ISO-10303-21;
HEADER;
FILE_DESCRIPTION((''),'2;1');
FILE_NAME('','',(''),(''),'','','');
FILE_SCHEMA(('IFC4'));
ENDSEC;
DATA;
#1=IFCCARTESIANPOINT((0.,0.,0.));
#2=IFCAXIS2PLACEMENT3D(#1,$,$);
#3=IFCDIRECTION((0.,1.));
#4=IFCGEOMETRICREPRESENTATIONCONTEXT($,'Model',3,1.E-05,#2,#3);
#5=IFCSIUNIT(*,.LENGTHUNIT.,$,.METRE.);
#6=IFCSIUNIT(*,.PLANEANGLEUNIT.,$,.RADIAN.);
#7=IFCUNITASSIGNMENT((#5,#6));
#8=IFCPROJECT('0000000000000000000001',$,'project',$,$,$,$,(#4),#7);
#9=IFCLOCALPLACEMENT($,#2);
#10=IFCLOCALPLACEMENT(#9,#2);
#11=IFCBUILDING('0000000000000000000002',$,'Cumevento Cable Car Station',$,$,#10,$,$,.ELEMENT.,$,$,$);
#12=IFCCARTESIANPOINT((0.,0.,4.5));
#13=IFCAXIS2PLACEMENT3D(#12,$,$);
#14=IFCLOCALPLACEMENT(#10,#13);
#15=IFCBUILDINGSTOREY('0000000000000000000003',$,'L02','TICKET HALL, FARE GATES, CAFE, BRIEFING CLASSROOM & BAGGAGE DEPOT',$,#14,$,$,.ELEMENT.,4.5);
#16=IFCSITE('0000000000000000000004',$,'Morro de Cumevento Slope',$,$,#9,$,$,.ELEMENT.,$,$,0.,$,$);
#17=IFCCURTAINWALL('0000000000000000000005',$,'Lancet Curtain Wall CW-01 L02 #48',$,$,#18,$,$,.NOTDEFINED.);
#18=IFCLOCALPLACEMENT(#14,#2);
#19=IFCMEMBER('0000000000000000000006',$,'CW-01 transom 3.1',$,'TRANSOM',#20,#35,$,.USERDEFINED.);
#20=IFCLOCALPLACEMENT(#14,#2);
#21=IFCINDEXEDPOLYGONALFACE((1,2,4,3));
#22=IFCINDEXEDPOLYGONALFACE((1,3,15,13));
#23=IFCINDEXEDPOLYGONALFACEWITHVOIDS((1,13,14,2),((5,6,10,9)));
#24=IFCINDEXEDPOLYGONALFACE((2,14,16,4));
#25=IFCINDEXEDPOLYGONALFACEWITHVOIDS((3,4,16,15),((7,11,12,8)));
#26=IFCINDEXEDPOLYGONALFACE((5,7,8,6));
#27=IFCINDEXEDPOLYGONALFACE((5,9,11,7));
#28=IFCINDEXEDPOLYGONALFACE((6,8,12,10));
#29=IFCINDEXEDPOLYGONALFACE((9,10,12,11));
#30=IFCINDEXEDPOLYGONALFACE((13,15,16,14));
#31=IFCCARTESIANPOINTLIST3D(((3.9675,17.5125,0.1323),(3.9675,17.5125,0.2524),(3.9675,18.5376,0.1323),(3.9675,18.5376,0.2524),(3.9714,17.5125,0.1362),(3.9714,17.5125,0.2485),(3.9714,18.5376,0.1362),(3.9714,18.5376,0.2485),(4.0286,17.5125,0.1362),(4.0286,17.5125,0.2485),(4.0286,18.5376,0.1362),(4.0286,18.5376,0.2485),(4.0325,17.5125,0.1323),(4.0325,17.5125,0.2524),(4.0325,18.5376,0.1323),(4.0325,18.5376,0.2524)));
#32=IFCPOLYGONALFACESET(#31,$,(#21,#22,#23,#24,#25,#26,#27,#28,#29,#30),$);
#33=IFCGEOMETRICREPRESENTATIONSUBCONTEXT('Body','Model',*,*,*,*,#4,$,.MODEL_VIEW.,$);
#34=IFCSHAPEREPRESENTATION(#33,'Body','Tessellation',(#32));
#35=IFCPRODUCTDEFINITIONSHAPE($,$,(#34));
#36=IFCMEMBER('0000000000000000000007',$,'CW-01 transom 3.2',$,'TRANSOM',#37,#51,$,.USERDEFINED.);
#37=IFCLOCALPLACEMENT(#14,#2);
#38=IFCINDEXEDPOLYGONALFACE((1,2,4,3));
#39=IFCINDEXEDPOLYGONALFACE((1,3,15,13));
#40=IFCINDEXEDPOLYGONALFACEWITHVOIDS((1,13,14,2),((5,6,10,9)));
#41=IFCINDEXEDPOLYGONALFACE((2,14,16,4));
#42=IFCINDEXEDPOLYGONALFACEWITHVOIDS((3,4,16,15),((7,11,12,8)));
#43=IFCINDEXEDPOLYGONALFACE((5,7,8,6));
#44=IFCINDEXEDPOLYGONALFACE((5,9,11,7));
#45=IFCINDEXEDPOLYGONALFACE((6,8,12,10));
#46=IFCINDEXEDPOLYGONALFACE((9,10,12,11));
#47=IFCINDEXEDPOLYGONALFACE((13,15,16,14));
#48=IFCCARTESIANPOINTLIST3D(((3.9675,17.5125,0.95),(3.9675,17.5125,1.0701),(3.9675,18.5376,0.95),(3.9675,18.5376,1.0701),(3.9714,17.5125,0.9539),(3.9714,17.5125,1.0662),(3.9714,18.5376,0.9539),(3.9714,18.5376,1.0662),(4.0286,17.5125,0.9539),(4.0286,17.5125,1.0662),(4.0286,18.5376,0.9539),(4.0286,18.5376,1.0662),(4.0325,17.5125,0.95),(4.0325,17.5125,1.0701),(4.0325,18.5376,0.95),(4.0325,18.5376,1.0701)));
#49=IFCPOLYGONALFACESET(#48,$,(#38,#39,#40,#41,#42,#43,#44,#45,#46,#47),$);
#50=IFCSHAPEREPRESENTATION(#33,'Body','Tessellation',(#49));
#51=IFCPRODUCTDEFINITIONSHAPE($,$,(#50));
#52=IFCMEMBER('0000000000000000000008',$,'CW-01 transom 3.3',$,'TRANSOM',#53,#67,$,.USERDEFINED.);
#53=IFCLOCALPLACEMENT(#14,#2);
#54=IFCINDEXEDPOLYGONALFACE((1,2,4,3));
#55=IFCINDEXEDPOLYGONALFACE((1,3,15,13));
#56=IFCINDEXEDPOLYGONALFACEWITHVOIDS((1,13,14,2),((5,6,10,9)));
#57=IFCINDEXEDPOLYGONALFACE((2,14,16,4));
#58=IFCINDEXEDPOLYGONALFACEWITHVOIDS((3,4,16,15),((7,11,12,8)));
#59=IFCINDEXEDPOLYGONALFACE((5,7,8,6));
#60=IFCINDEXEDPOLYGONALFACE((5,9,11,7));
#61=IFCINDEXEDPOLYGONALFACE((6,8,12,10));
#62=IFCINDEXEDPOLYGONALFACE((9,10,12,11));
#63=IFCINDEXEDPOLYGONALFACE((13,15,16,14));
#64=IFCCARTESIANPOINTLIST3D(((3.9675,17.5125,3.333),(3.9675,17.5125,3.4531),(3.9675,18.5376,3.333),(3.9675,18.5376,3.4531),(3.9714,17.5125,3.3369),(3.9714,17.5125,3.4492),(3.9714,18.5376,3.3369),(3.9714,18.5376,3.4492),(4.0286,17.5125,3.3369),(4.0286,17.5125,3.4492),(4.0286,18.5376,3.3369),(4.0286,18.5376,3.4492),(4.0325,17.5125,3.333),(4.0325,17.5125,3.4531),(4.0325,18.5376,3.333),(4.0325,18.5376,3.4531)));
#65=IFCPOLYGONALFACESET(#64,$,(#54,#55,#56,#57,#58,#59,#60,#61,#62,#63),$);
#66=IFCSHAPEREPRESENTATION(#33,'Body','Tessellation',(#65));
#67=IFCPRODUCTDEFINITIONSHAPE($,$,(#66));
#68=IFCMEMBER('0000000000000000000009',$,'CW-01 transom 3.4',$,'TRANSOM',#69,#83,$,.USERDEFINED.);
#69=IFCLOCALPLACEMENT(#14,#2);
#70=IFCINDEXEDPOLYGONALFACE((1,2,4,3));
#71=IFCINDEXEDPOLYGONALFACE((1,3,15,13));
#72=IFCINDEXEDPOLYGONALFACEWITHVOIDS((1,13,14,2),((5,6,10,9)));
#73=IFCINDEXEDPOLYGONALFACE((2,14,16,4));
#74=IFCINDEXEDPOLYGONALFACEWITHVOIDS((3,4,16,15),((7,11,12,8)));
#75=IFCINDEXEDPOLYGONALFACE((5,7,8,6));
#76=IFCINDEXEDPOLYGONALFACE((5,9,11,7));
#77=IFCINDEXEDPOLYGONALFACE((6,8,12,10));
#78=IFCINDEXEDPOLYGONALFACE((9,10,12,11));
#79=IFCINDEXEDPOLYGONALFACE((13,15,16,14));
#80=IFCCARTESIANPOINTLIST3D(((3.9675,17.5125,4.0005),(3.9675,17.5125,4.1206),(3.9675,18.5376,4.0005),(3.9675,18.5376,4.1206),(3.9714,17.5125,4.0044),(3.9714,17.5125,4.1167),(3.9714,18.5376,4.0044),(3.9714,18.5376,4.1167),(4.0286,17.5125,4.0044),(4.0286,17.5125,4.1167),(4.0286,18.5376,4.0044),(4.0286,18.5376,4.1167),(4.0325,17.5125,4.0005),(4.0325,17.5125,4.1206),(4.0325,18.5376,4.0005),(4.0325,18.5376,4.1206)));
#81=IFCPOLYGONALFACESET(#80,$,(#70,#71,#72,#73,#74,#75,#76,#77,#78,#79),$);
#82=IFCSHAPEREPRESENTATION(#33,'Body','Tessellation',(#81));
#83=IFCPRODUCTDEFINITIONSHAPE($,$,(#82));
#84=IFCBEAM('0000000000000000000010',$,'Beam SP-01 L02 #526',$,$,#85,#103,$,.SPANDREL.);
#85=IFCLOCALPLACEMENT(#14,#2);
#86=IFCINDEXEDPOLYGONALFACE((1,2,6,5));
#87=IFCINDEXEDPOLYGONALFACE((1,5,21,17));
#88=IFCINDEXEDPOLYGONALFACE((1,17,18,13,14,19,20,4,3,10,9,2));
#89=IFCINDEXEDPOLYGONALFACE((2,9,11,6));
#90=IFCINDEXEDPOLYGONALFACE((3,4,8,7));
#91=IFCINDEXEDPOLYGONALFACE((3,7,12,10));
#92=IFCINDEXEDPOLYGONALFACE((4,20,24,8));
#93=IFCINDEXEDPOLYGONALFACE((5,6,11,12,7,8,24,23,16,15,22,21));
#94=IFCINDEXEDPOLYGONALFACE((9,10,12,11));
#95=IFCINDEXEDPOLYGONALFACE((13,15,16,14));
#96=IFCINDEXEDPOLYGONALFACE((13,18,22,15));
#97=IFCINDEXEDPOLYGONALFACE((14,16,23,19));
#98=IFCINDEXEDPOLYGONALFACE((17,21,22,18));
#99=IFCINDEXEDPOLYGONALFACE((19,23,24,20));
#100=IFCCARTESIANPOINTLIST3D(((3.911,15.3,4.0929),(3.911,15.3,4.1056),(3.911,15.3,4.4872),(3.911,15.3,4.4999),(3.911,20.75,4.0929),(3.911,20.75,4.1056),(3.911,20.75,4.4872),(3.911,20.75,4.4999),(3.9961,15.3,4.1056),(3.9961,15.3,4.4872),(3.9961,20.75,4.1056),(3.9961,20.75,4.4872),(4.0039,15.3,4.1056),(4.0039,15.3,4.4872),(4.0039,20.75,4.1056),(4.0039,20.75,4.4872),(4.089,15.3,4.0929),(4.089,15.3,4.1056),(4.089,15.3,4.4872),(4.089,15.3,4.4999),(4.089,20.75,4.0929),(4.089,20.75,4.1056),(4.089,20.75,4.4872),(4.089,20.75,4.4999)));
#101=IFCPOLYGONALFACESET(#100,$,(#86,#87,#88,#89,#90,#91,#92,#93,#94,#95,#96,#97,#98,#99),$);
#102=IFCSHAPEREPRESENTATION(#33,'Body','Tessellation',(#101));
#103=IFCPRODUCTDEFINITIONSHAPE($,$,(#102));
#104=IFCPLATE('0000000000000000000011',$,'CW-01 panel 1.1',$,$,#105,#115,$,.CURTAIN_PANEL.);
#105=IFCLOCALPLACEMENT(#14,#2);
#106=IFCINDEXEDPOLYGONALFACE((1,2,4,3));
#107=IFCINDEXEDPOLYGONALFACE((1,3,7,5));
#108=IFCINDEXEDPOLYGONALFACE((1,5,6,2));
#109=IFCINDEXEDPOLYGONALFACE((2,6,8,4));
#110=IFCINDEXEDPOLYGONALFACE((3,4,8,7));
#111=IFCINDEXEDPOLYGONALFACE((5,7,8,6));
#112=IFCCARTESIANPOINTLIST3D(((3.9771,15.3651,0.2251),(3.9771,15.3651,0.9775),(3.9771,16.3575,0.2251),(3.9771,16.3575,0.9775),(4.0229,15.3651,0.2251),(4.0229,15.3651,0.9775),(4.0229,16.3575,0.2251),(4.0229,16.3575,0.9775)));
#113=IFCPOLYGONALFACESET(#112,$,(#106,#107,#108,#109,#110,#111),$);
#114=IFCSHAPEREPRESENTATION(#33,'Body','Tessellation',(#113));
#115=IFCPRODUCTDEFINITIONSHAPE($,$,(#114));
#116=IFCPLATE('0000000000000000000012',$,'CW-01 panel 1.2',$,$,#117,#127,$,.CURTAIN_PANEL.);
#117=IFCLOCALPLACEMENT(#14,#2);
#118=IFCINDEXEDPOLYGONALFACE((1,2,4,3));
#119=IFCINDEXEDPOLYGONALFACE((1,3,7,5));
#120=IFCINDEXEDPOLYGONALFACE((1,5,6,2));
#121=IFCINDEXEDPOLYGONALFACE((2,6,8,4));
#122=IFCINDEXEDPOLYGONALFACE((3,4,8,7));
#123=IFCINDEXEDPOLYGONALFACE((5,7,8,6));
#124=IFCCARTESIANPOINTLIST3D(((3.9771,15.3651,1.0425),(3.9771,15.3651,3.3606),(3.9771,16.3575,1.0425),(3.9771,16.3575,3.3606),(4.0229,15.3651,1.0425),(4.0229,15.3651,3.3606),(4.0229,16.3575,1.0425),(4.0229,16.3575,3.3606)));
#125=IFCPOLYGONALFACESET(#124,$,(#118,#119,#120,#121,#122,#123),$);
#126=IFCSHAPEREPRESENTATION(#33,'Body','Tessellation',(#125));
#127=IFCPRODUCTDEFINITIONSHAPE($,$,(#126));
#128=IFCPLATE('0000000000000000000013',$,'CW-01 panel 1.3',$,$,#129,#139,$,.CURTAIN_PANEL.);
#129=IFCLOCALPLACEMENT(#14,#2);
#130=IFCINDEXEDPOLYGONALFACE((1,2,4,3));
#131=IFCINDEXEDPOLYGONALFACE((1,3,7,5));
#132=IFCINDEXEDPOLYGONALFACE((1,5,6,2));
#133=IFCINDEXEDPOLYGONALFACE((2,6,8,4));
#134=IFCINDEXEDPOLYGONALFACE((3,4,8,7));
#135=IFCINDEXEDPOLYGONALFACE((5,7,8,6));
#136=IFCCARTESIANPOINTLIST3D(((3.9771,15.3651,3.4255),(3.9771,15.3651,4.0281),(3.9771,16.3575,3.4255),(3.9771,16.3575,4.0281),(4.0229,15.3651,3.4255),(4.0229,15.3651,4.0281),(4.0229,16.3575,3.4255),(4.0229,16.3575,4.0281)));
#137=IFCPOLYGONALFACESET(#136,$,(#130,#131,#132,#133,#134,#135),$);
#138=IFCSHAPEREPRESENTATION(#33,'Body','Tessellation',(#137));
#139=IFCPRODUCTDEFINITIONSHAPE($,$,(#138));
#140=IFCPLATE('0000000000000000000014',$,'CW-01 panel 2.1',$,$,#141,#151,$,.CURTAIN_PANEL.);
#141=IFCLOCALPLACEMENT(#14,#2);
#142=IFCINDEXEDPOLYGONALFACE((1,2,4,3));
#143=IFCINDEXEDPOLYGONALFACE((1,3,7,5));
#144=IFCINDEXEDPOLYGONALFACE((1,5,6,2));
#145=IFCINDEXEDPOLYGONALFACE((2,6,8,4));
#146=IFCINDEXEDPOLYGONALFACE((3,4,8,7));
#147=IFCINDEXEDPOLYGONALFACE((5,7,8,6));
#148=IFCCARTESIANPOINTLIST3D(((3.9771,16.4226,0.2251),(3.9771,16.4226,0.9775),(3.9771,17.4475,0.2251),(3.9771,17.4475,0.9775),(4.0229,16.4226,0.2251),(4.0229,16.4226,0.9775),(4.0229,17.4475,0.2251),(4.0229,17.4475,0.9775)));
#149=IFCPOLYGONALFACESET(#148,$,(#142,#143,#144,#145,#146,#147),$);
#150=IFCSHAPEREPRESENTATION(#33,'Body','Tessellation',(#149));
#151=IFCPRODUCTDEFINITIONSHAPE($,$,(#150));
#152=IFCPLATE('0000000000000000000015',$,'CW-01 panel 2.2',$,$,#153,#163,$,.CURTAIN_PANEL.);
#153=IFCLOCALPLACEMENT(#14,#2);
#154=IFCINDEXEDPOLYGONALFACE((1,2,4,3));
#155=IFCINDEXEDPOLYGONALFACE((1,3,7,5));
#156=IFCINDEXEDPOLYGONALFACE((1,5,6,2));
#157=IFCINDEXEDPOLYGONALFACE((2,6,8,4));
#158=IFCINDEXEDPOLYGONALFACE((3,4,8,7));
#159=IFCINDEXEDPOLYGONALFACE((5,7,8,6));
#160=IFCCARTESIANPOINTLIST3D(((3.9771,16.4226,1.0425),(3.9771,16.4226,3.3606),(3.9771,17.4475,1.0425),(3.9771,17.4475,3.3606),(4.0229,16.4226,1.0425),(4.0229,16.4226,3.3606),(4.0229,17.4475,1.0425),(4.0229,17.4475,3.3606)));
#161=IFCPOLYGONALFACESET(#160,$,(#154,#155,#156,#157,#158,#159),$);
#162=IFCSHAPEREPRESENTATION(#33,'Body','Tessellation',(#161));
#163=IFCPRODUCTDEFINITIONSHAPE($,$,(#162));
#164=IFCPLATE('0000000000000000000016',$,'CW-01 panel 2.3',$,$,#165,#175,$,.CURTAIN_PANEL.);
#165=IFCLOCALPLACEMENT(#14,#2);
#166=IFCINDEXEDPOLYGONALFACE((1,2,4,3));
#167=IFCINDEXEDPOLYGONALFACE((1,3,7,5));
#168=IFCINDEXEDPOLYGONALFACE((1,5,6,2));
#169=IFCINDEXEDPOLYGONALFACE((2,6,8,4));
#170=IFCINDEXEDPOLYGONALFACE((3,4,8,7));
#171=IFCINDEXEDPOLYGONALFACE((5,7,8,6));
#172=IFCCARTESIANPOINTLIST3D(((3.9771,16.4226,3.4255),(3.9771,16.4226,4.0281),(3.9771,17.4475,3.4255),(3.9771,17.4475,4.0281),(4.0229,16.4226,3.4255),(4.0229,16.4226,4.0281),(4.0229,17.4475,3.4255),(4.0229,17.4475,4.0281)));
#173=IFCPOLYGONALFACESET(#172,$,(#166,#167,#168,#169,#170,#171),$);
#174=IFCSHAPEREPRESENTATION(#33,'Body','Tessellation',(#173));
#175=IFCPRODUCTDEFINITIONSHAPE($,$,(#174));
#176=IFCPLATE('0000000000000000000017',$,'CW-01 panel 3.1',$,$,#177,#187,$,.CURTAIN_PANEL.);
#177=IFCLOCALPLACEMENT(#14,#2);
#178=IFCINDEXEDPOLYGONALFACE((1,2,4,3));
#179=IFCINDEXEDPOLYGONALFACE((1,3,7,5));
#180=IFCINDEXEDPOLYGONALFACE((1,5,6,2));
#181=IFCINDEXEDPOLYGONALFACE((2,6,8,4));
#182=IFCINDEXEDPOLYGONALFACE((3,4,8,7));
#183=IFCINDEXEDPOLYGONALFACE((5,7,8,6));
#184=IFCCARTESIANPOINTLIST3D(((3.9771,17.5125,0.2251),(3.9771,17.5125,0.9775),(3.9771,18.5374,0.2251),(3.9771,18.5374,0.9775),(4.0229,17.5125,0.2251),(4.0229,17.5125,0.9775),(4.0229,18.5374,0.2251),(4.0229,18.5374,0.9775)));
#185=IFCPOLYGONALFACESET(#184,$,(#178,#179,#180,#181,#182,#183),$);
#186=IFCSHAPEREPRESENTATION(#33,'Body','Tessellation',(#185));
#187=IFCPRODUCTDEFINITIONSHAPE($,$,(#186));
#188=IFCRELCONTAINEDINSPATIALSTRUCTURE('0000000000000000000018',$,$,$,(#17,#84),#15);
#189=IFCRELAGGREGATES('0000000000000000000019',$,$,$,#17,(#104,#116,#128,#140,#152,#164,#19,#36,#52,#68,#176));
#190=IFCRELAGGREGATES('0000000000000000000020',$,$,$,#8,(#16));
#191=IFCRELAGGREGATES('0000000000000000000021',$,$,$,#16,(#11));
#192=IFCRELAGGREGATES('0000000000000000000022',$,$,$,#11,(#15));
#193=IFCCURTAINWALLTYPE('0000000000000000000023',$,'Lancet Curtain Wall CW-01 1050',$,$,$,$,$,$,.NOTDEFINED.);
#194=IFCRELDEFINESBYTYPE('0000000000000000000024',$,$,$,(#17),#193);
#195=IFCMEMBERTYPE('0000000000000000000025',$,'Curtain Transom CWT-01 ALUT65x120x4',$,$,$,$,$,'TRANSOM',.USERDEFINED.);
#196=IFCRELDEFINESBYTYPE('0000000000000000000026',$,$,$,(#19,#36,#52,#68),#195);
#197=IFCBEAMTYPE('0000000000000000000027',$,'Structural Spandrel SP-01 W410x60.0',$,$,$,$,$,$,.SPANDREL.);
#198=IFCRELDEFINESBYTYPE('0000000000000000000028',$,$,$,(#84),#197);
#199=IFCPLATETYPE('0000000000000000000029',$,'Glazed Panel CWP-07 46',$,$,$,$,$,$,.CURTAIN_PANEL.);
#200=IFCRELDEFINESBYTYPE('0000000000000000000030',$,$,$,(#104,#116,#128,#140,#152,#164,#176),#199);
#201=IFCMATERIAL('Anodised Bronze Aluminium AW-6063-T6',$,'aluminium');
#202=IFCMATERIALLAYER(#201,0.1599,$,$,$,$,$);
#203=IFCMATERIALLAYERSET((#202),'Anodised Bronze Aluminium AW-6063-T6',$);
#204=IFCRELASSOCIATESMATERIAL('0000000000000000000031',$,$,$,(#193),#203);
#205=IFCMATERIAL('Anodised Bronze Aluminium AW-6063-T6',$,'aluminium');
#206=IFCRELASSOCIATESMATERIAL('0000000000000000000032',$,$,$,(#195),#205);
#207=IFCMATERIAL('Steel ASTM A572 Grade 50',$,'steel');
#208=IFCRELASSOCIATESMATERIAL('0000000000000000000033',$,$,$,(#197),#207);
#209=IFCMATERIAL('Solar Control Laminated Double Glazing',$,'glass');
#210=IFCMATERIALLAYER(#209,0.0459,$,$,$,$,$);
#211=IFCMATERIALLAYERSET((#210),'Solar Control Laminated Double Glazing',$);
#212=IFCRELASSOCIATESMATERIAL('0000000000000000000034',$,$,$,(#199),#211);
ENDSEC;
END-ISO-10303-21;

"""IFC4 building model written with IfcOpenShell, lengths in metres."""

from ifc_helpers import new_model, si_unit, direction, frame, origin, origin_2d, place, context, subcontext, project, spatial, rectangle, hollow_rectangle, i_section, extrude, material, layer, layer_set, material_profile, profile_set, type_object, element, aggregate, save


model = new_model("IFC4")

# Units and contexts
model_context = context("Model", 3, precision=1e-05, world=origin(), true_north=direction((0.0, 1.0)))
body_context = subcontext(model_context, "Body", "Model", "MODEL_VIEW")
ifc_project = project(units=[si_unit("LENGTHUNIT", "METRE"), si_unit("PLANEANGLEUNIT", "RADIAN")], contexts=[model_context])

# Site, building, storey
site_placement = place(None, origin())
site = spatial("IfcSite", under=ifc_project, at=site_placement, Name="Morro de Cumevento Slope", CompositionType="ELEMENT", RefElevation=0.0)
building_placement = place(site_placement, origin())
building = spatial("IfcBuilding", under=site, at=building_placement, Name="Cumevento Cable Car Station", CompositionType="ELEMENT")
storey_placement = place(building_placement, frame((0.0, 0.0, 4.5)))
storey = spatial("IfcBuildingStorey", under=building, at=storey_placement, Name="L02", Description="TICKET HALL, FARE GATES, CAFE, BRIEFING CLASSROOM & BAGGAGE DEPOT", CompositionType="ELEMENT", Elevation=4.5)

# Curtain wall, members
ifc_material_1 = material(Name="Anodised Bronze Aluminium AW-6063-T6", Category="aluminium")
ifc_layer_1 = layer(ifc_material_1, 0.1599)
ifc_layer_set_1 = layer_set([ifc_layer_1], Name="Anodised Bronze Aluminium AW-6063-T6")
curtain_wall_type = type_object("IfcCurtainWallType", Name="Lancet Curtain Wall CW-01 1050", PredefinedType="NOTDEFINED", material=ifc_layer_set_1)
curtain_wall_placement = place(storey_placement, origin())
curtain_wall = element("IfcCurtainWall", 1, at=curtain_wall_placement, inside=storey, type_object=curtain_wall_type, Name="Lancet Curtain Wall CW-01 L02 #48", PredefinedType="NOTDEFINED")
ifc_material_2 = material(Name="Anodised Bronze Aluminium AW-6063-T6", Category="aluminium")
ifc_material_profile_1 = material_profile(ifc_material_2, hollow_rectangle(XDim=0.0649, YDim=0.1201, WallThickness=0.0039, at=origin_2d()), Name="ALUT65x120x4")
ifc_profile_set_1 = profile_set([ifc_material_profile_1], Name="Anodised Bronze Aluminium AW-6063-T6")
member_type_1 = type_object("IfcMemberType", Name="Curtain Transom CWT-01 ALUT65x120x4", ElementType="TRANSOM", PredefinedType="USERDEFINED", material=ifc_profile_set_1)
member_1_placement = place(storey_placement, frame((4.0, 17.5125, 0.1924), z_axis=(0.0, 1.0, 0.0), x_axis=(-1.0, 0.0, 0.0)))
member_1 = element("IfcMember", 2, at=member_1_placement, type_object=member_type_1, Name="CW-01 transom 3.1", ObjectType="TRANSOM", PredefinedType="USERDEFINED", context=body_context, shape_type="SweptSolid", body=[
    extrude(hollow_rectangle(XDim=0.0649, YDim=0.1201, WallThickness=0.0039, at=origin_2d()), origin(), (0.0, 0.0, 1.0), 1.0251),
])
member_2_placement = place(storey_placement, frame((4.0, 17.5125, 1.01), z_axis=(0.0, 1.0, 0.0), x_axis=(-1.0, 0.0, 0.0)))
member_2 = element("IfcMember", 3, at=member_2_placement, type_object=member_type_1, Name="CW-01 transom 3.2", ObjectType="TRANSOM", PredefinedType="USERDEFINED", context=body_context, shape_type="SweptSolid", body=[
    extrude(hollow_rectangle(XDim=0.0649, YDim=0.1201, WallThickness=0.0039, at=origin_2d()), origin(), (0.0, 0.0, 1.0), 1.0251),
])
member_3_placement = place(storey_placement, frame((4.0, 17.5125, 3.3931), z_axis=(0.0, 1.0, 0.0), x_axis=(-1.0, 0.0, 0.0)))
member_3 = element("IfcMember", 4, at=member_3_placement, type_object=member_type_1, Name="CW-01 transom 3.3", ObjectType="TRANSOM", PredefinedType="USERDEFINED", context=body_context, shape_type="SweptSolid", body=[
    extrude(hollow_rectangle(XDim=0.0649, YDim=0.1201, WallThickness=0.0039, at=origin_2d()), origin(), (0.0, 0.0, 1.0), 1.0251),
])
member_4_placement = place(storey_placement, frame((4.0, 17.5125, 4.0605), z_axis=(0.0, 1.0, 0.0), x_axis=(-1.0, 0.0, 0.0)))
member_4 = element("IfcMember", 5, at=member_4_placement, type_object=member_type_1, Name="CW-01 transom 3.4", ObjectType="TRANSOM", PredefinedType="USERDEFINED", context=body_context, shape_type="SweptSolid", body=[
    extrude(hollow_rectangle(XDim=0.0649, YDim=0.1201, WallThickness=0.0039, at=origin_2d()), origin(), (0.0, 0.0, 1.0), 1.0251),
])

# Beam
ifc_material_3 = material(Name="Steel ASTM A572 Grade 50", Category="steel")
ifc_material_profile_2 = material_profile(ifc_material_3, i_section(OverallWidth=0.178, OverallDepth=0.407, WebThickness=0.0078, FlangeThickness=0.0127, at=origin_2d()), Name="W410x60.0")
ifc_profile_set_2 = profile_set([ifc_material_profile_2], Name="Steel ASTM A572 Grade 50")
beam_type = type_object("IfcBeamType", Name="Structural Spandrel SP-01 W410x60.0", PredefinedType="SPANDREL", material=ifc_profile_set_2)
beam_placement = place(storey_placement, frame((4.0, 15.3, 4.2964), z_axis=(0.0, 1.0, 0.0), x_axis=(-1.0, 0.0, 0.0)))
element("IfcBeam", 6, at=beam_placement, inside=storey, type_object=beam_type, Name="Beam SP-01 L02 #526", PredefinedType="SPANDREL", context=body_context, shape_type="SweptSolid", body=[
    extrude(i_section(OverallWidth=0.178, OverallDepth=0.407, WebThickness=0.0078, FlangeThickness=0.0127, at=origin_2d()), origin(), (0.0, 0.0, 1.0), 5.45),
])

# Plates
ifc_material_4 = material(Name="Solar Control Laminated Double Glazing", Category="glass")
ifc_layer_2 = layer(ifc_material_4, 0.0459)
ifc_layer_set_2 = layer_set([ifc_layer_2], Name="Solar Control Laminated Double Glazing")
plate_type = type_object("IfcPlateType", Name="Glazed Panel CWP-07 46", PredefinedType="CURTAIN_PANEL", material=ifc_layer_set_2)
plate_1_placement = place(storey_placement, frame((4.0, 15.8613, 0.2251), z_axis=(0.0, 0.0, 1.0), x_axis=(0.0, 1.0, 0.0)))
plate_1 = element("IfcPlate", 7, at=plate_1_placement, type_object=plate_type, Name="CW-01 panel 1.1", PredefinedType="CURTAIN_PANEL", context=body_context, shape_type="SweptSolid", body=[
    extrude(rectangle(XDim=0.9924, YDim=0.0459, at=origin_2d()), origin(), (0.0, 0.0, 1.0), 0.7524),
])
plate_2_placement = place(storey_placement, frame((4.0, 15.8613, 1.0425), z_axis=(0.0, 0.0, 1.0), x_axis=(0.0, 1.0, 0.0)))
plate_2 = element("IfcPlate", 8, at=plate_2_placement, type_object=plate_type, Name="CW-01 panel 1.2", PredefinedType="CURTAIN_PANEL", context=body_context, shape_type="SweptSolid", body=[
    extrude(rectangle(XDim=0.9924, YDim=0.0459, at=origin_2d()), origin(), (0.0, 0.0, 1.0), 2.3181),
])
plate_3_placement = place(storey_placement, frame((4.0, 15.8613, 3.4255), z_axis=(0.0, 0.0, 1.0), x_axis=(0.0, 1.0, 0.0)))
plate_3 = element("IfcPlate", 9, at=plate_3_placement, type_object=plate_type, Name="CW-01 panel 1.3", PredefinedType="CURTAIN_PANEL", context=body_context, shape_type="SweptSolid", body=[
    extrude(rectangle(XDim=0.9924, YDim=0.0459, at=origin_2d()), origin(), (0.0, 0.0, 1.0), 0.6025),
])
plate_4_placement = place(storey_placement, frame((4.0, 16.9351, 0.2251), z_axis=(0.0, 0.0, 1.0), x_axis=(0.0, 1.0, 0.0)))
plate_4 = element("IfcPlate", 10, at=plate_4_placement, type_object=plate_type, Name="CW-01 panel 2.1", PredefinedType="CURTAIN_PANEL", context=body_context, shape_type="SweptSolid", body=[
    extrude(rectangle(XDim=1.0249, YDim=0.0459, at=origin_2d()), origin(), (0.0, 0.0, 1.0), 0.7524),
])
plate_5_placement = place(storey_placement, frame((4.0, 16.9351, 1.0425), z_axis=(0.0, 0.0, 1.0), x_axis=(0.0, 1.0, 0.0)))
plate_5 = element("IfcPlate", 11, at=plate_5_placement, type_object=plate_type, Name="CW-01 panel 2.2", PredefinedType="CURTAIN_PANEL", context=body_context, shape_type="SweptSolid", body=[
    extrude(rectangle(XDim=1.0249, YDim=0.0459, at=origin_2d()), origin(), (0.0, 0.0, 1.0), 2.3181),
])
plate_6_placement = place(storey_placement, frame((4.0, 16.9351, 3.4255), z_axis=(0.0, 0.0, 1.0), x_axis=(0.0, 1.0, 0.0)))
plate_6 = element("IfcPlate", 12, at=plate_6_placement, type_object=plate_type, Name="CW-01 panel 2.3", PredefinedType="CURTAIN_PANEL", context=body_context, shape_type="SweptSolid", body=[
    extrude(rectangle(XDim=1.0249, YDim=0.0459, at=origin_2d()), origin(), (0.0, 0.0, 1.0), 0.6025),
])
plate_7_placement = place(storey_placement, frame((4.0, 18.0249, 0.2251), z_axis=(0.0, 0.0, 1.0), x_axis=(0.0, 1.0, 0.0)))
plate_7 = element("IfcPlate", 13, at=plate_7_placement, type_object=plate_type, Name="CW-01 panel 3.1", PredefinedType="CURTAIN_PANEL", context=body_context, shape_type="SweptSolid", body=[
    extrude(rectangle(XDim=1.0249, YDim=0.0459, at=origin_2d()), origin(), (0.0, 0.0, 1.0), 0.7524),
])
aggregate(curtain_wall, [plate_1, plate_2, plate_3, plate_4, plate_5, plate_6, member_1, member_2, member_3, member_4, plate_7])

save(model, "model.ifc")
